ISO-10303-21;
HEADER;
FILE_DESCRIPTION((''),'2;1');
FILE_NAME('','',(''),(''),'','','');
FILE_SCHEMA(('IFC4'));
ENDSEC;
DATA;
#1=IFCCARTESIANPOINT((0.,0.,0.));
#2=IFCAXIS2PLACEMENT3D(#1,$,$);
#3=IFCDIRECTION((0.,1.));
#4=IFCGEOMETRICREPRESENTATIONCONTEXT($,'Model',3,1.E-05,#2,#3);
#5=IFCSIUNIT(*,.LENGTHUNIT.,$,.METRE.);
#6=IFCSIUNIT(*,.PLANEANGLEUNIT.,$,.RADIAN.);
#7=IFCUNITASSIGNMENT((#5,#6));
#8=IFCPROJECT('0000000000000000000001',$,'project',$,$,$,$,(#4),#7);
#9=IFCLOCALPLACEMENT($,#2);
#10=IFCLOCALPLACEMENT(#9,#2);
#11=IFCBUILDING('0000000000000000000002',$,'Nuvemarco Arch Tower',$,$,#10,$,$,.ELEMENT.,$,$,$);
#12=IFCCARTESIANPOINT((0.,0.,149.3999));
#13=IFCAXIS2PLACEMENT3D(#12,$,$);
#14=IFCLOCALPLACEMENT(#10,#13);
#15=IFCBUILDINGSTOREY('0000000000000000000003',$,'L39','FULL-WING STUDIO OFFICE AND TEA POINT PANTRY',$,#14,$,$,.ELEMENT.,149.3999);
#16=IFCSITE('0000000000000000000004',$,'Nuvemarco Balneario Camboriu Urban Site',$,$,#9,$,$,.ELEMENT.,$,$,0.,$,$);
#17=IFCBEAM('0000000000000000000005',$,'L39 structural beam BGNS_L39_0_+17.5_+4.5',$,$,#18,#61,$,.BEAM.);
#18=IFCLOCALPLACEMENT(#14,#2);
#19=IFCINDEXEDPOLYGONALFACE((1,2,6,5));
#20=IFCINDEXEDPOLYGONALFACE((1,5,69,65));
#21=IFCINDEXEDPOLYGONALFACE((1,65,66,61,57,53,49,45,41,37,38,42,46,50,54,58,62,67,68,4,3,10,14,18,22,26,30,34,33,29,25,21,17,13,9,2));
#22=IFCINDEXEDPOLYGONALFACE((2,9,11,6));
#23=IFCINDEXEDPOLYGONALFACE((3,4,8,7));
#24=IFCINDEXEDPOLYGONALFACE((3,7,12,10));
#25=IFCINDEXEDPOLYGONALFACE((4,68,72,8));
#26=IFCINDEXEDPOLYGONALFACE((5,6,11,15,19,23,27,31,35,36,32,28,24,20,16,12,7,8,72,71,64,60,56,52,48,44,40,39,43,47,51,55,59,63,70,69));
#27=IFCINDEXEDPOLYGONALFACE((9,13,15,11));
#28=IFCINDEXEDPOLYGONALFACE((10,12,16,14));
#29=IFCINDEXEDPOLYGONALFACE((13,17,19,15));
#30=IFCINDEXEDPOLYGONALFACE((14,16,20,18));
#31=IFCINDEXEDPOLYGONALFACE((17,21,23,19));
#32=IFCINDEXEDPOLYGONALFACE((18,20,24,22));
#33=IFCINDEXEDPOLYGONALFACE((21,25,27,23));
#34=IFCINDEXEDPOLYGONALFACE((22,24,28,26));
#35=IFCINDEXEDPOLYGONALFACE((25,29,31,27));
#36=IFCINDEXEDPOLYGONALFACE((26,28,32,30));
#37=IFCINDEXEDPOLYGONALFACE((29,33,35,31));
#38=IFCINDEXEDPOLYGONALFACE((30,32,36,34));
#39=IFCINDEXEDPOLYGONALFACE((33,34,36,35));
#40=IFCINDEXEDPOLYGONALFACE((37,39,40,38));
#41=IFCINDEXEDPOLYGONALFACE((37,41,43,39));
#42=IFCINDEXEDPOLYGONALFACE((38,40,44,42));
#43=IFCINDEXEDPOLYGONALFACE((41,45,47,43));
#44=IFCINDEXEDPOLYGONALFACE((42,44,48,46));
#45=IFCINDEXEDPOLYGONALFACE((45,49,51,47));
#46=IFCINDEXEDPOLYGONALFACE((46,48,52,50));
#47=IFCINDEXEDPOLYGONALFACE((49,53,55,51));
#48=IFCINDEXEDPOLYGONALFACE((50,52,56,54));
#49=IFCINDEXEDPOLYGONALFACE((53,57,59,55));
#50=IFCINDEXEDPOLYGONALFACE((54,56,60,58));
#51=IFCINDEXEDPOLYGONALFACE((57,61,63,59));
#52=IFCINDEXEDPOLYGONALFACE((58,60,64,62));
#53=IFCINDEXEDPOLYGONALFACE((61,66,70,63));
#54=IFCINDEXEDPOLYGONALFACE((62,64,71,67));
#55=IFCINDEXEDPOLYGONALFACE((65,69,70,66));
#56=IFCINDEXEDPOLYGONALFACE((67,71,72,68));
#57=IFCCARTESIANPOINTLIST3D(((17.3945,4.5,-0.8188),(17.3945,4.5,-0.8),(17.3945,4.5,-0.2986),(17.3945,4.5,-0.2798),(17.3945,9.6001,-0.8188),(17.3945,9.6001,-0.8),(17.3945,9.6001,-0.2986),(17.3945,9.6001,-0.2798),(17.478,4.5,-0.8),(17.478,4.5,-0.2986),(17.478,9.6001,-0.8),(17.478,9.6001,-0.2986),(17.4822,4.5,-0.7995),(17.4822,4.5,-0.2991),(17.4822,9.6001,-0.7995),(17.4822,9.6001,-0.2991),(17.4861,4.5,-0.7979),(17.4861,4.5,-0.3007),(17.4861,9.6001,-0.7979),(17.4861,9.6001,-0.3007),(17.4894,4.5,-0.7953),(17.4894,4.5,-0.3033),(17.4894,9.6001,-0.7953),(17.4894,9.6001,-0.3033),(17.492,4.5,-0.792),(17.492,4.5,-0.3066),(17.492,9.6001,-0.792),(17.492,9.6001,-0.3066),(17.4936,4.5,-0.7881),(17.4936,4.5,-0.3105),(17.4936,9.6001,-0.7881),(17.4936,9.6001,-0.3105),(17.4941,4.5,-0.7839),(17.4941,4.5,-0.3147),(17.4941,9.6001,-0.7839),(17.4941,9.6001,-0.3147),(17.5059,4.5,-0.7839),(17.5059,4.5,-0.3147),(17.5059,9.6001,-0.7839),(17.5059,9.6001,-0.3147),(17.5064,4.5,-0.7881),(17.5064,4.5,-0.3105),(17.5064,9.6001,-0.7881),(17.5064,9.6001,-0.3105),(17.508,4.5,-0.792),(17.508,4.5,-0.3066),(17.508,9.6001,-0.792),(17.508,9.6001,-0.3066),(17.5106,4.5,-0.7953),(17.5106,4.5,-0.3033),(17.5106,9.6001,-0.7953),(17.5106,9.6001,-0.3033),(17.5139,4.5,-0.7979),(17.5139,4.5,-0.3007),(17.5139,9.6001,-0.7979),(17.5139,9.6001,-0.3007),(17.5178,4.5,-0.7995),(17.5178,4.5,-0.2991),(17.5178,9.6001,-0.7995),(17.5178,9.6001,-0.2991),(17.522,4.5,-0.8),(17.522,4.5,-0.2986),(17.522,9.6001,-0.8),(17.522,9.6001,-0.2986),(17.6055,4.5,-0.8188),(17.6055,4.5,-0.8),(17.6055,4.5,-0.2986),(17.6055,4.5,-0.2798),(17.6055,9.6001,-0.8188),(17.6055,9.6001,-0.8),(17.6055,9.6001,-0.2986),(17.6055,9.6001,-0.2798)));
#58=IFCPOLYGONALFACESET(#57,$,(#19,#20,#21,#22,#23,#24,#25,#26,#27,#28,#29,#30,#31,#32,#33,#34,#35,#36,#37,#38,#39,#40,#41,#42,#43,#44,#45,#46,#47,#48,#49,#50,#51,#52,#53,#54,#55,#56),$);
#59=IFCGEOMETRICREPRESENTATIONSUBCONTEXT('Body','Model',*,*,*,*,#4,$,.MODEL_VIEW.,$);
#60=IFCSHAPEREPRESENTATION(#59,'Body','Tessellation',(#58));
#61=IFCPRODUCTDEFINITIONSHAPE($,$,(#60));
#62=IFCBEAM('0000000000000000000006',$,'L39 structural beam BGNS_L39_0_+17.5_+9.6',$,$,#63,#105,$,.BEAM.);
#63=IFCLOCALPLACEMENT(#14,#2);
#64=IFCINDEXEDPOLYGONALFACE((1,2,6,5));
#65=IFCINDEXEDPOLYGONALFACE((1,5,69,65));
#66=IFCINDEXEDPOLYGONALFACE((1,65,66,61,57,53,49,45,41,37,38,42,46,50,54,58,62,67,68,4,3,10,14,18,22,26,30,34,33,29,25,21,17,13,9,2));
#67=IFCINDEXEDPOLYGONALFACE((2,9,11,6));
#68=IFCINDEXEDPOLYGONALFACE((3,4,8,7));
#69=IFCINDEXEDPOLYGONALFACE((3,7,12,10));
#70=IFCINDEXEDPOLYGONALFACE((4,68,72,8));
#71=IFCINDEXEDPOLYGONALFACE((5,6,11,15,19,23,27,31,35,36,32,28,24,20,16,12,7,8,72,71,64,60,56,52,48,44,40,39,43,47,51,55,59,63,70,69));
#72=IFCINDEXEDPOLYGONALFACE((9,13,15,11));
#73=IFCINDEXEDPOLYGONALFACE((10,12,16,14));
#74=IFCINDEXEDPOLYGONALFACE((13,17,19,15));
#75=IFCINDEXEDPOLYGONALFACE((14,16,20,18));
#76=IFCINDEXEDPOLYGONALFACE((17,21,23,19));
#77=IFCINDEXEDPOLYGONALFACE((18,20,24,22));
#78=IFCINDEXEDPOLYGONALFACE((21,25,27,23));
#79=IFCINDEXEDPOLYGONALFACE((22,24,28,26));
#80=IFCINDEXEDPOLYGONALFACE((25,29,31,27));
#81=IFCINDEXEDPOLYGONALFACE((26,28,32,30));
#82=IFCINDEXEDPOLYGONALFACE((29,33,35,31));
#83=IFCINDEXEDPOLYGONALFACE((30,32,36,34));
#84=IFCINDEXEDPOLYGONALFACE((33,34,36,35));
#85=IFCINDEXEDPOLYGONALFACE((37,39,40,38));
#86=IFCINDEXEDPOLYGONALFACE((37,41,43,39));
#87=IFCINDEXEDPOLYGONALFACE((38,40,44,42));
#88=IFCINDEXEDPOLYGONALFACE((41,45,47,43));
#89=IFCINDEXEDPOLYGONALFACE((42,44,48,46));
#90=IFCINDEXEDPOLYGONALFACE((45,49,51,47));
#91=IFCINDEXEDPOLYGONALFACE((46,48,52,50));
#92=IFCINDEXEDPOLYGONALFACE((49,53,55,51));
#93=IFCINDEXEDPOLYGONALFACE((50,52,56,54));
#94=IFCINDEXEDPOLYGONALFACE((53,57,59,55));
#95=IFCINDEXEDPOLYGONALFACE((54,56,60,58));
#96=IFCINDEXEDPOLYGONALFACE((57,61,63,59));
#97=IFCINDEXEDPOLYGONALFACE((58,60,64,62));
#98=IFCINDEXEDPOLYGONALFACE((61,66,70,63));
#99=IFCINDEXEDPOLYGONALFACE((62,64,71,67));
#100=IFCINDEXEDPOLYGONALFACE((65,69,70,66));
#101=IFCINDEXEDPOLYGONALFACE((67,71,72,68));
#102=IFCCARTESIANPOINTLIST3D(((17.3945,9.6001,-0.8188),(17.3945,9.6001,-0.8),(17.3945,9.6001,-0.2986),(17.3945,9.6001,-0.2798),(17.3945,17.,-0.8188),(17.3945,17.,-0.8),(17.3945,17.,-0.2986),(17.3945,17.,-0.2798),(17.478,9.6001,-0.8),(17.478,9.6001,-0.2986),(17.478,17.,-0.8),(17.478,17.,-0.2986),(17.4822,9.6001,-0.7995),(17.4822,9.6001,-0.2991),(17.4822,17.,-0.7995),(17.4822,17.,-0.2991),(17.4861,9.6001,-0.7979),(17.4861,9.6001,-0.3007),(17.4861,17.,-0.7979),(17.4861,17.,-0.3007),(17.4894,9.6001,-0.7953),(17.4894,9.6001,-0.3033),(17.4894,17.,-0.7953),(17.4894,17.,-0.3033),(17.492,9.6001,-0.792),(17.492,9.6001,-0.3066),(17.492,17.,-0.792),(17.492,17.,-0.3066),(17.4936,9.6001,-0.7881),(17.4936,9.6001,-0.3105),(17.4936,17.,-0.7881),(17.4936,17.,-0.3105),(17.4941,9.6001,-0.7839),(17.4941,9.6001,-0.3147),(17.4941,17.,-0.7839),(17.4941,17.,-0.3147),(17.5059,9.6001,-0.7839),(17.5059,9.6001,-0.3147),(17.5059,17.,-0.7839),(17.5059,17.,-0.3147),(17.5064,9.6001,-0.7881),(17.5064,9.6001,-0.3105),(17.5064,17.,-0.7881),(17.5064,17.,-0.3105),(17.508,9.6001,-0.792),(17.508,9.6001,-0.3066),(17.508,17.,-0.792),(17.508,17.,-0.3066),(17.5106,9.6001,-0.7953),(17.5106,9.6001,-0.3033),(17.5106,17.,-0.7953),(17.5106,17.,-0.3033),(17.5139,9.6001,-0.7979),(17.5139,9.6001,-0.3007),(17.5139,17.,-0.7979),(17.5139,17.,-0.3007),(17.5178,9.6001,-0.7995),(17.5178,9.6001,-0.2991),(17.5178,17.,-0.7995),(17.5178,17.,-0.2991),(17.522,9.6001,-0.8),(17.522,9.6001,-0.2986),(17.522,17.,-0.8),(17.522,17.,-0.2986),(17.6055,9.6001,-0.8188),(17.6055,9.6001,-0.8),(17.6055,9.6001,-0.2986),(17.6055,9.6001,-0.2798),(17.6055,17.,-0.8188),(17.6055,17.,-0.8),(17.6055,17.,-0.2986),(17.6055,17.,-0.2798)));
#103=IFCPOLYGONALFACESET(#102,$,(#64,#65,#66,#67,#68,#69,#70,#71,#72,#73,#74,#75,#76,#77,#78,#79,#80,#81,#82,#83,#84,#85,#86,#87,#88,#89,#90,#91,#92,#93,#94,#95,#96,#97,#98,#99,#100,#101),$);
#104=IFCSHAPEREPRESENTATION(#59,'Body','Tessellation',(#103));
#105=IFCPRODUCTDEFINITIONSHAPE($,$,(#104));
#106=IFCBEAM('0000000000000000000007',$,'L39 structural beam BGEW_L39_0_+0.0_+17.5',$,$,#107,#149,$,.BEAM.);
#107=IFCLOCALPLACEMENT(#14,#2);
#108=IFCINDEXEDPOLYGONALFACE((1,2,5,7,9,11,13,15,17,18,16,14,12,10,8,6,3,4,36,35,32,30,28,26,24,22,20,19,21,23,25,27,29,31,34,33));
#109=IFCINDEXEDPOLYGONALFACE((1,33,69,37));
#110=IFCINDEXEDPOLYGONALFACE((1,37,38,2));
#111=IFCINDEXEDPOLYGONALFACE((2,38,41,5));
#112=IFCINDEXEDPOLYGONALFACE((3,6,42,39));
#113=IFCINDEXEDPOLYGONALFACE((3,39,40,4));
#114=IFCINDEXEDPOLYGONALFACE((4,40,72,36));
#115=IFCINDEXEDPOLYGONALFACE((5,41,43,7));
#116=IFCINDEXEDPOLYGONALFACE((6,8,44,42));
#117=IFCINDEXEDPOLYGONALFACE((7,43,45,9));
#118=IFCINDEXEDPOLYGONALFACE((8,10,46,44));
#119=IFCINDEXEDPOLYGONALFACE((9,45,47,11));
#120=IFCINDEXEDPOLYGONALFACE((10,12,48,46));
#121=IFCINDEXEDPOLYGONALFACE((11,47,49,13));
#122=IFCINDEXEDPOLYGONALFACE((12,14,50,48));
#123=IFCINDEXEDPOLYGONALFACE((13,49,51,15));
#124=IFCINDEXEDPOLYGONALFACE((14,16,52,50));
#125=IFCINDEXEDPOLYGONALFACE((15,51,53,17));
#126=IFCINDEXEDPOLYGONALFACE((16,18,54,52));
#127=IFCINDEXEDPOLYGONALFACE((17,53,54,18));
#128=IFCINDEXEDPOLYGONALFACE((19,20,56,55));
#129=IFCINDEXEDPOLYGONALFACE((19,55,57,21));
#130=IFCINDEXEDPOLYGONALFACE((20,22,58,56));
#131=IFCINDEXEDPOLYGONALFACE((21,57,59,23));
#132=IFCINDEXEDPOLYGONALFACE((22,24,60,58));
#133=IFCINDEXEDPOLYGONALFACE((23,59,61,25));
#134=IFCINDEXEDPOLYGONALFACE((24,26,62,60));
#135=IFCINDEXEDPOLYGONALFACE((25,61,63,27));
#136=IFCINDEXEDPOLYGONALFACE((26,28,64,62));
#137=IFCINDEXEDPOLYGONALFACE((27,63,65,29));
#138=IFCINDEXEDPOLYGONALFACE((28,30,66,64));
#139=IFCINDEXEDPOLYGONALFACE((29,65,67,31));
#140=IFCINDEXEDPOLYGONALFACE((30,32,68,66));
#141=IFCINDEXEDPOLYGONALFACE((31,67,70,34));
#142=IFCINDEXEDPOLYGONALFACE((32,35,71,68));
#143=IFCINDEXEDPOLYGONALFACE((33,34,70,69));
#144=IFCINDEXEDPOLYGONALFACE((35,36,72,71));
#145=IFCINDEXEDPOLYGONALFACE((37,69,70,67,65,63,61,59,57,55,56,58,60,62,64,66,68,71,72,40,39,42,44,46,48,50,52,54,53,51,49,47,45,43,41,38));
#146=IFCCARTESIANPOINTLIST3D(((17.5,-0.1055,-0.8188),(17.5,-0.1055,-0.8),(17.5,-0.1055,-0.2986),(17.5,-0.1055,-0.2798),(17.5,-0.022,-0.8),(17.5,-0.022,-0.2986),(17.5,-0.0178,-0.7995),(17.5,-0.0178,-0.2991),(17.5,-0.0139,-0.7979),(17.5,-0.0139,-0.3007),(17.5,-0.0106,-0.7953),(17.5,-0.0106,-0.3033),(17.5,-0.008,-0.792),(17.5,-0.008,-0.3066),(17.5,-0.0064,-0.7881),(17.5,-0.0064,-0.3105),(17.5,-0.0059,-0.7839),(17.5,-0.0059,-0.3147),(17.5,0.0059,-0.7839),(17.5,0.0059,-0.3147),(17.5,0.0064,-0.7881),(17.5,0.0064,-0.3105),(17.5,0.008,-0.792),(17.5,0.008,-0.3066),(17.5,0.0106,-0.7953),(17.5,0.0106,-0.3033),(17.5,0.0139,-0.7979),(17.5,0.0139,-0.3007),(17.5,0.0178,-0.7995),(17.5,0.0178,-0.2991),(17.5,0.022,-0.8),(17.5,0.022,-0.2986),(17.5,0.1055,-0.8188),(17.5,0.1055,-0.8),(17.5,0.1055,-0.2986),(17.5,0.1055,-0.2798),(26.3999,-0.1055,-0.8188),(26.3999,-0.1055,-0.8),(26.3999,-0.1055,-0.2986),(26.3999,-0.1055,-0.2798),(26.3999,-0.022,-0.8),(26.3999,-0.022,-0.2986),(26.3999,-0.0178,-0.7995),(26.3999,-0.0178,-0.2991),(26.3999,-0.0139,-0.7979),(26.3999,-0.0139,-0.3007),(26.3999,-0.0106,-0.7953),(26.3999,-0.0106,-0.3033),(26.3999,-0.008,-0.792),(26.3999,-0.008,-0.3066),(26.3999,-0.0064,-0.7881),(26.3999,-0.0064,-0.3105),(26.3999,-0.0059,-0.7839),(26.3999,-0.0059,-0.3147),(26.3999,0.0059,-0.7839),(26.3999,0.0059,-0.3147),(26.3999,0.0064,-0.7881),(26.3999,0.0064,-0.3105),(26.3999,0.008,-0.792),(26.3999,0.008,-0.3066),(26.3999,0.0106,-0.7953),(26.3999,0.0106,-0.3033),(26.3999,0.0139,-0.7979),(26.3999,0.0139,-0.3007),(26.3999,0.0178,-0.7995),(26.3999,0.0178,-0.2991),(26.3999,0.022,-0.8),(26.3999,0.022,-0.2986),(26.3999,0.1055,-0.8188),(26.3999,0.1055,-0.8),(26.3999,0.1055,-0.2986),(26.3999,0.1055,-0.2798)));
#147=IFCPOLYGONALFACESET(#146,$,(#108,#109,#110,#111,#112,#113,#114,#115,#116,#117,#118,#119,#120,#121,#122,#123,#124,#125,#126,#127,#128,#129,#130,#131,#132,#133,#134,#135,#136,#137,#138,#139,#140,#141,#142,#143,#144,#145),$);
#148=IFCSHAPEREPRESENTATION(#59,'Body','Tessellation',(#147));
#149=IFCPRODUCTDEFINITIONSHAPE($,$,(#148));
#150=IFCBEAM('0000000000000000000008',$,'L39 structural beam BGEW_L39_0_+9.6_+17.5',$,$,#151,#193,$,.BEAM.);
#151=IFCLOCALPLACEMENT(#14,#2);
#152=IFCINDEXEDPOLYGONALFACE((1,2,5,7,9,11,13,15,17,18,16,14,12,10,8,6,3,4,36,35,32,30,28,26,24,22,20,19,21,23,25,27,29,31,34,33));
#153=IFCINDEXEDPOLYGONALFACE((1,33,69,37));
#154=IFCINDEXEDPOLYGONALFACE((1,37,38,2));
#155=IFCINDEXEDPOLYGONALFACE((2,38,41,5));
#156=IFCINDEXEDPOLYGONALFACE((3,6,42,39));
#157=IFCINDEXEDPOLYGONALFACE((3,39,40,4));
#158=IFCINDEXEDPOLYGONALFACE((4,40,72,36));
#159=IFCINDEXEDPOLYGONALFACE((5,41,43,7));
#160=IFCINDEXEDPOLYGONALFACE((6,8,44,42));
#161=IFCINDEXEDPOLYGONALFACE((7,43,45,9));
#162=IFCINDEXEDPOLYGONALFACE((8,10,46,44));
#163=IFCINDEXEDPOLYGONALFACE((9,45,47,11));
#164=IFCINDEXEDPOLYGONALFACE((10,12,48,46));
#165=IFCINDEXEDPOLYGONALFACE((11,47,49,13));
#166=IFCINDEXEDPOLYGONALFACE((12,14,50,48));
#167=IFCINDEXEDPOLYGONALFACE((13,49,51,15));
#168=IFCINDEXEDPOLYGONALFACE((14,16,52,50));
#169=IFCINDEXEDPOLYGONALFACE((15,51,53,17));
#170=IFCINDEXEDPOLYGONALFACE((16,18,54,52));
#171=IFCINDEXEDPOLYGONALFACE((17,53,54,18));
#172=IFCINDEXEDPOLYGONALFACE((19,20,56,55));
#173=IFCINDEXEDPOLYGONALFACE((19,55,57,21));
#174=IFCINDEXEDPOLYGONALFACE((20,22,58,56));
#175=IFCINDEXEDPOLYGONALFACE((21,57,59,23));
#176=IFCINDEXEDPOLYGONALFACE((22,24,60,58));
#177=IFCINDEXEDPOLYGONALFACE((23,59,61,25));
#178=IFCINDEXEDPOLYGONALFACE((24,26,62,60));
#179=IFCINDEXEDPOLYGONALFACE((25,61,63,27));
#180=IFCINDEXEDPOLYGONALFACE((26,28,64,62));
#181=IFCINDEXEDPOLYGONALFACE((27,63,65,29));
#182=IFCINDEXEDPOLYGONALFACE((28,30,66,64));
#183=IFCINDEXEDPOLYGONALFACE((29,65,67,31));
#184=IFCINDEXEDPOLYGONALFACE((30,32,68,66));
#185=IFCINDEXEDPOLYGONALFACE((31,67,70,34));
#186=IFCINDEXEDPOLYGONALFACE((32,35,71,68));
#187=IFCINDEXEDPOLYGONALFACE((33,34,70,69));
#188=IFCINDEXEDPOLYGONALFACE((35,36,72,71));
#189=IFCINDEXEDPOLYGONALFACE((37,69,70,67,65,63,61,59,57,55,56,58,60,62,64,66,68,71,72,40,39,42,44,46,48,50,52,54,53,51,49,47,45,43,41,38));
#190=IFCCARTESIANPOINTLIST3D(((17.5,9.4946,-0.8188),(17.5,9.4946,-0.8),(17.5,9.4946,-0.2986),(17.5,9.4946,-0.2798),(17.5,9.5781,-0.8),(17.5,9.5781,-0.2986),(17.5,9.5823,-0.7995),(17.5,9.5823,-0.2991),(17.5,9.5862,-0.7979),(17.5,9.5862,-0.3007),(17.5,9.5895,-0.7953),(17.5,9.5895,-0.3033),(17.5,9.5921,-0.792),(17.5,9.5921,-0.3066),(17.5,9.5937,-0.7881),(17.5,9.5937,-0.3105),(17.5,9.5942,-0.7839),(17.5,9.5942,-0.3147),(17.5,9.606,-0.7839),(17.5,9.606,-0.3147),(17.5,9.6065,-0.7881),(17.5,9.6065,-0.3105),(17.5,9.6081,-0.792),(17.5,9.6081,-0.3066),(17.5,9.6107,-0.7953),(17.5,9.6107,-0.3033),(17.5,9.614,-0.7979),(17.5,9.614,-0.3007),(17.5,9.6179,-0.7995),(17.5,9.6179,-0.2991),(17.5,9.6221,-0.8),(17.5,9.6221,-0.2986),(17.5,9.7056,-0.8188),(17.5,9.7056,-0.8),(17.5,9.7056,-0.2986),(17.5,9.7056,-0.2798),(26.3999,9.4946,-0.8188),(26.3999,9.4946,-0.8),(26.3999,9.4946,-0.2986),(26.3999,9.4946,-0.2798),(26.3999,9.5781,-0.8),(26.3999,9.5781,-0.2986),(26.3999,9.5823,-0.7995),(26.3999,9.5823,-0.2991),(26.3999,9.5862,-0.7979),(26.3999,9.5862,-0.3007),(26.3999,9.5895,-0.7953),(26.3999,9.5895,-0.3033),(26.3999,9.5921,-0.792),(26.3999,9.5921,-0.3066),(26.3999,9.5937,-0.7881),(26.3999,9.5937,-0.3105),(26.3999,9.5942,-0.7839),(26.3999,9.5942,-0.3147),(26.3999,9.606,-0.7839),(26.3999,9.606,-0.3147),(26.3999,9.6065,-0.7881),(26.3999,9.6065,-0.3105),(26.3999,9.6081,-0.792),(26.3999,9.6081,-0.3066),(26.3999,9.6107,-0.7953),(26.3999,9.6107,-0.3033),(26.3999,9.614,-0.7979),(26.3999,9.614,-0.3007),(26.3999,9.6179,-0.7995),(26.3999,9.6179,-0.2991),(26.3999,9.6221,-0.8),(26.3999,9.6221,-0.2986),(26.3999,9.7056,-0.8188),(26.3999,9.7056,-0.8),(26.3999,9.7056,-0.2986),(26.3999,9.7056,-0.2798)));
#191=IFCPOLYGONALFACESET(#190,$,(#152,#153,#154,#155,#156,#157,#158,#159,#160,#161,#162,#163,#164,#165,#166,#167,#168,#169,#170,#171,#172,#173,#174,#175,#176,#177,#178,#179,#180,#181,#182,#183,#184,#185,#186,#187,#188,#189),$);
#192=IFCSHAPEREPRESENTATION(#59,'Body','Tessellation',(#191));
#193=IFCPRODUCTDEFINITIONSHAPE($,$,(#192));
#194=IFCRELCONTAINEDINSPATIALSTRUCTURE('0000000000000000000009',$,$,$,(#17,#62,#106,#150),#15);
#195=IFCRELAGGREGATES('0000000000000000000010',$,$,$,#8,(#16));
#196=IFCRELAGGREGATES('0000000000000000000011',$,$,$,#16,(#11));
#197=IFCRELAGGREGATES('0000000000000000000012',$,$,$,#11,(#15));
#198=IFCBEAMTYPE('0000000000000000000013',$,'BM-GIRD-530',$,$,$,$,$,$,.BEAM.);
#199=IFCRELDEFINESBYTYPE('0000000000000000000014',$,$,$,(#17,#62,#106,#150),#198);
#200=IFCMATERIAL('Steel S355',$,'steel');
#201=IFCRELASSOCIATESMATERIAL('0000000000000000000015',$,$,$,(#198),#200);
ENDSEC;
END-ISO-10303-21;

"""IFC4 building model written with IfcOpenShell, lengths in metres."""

from ifc_helpers import new_model, si_unit, direction, frame, origin, origin_2d, place, context, subcontext, project, spatial, i_section, extrude, material, material_profile, profile_set, type_object, element, save


model = new_model("IFC4")

# Units and contexts
model_context = context("Model", 3, precision=1e-05, world=origin(), true_north=direction((0.0, 1.0)))
body_context = subcontext(model_context, "Body", "Model", "MODEL_VIEW")
ifc_project = project(units=[si_unit("LENGTHUNIT", "METRE"), si_unit("PLANEANGLEUNIT", "RADIAN")], contexts=[model_context])

# Site, building, storey
site_placement = place(None, origin())
site = spatial("IfcSite", under=ifc_project, at=site_placement, Name="Nuvemarco Balneario Camboriu Urban Site", CompositionType="ELEMENT", RefElevation=0.0)
building_placement = place(site_placement, origin())
building = spatial("IfcBuilding", under=site, at=building_placement, Name="Nuvemarco Arch Tower", CompositionType="ELEMENT")
storey_placement = place(building_placement, frame((0.0, 0.0, 149.3999)))
storey = spatial("IfcBuildingStorey", under=building, at=storey_placement, Name="L39", Description="FULL-WING STUDIO OFFICE AND TEA POINT PANTRY", CompositionType="ELEMENT", Elevation=149.3999)

# Shared definitions
ifc_material_1 = material(Name="Steel S355", Category="steel")

# Beams
ifc_material_profile_1 = material_profile(ifc_material_1, i_section(OverallWidth=0.2109, OverallDepth=0.5391, WebThickness=0.0117, FlangeThickness=0.0188, FilletRadius=0.0161, at=origin_2d()), Name="W530x109")
ifc_profile_set_1 = profile_set([ifc_material_profile_1], Name="Steel S355")
beam_type_1 = type_object("IfcBeamType", Name="BM-GIRD-530", PredefinedType="BEAM", material=ifc_profile_set_1)
beam_1_placement = place(storey_placement, frame((17.5, 4.5, -0.5493), z_axis=(0.0, 1.0, 0.0), x_axis=(-1.0, 0.0, 0.0)))
element("IfcBeam", 1, at=beam_1_placement, inside=storey, type_object=beam_type_1, Name="L39 structural beam BGNS_L39_0_+17.5_+4.5", PredefinedType="BEAM", context=body_context, shape_type="SweptSolid", body=[
    extrude(i_section(OverallWidth=0.2109, OverallDepth=0.5391, WebThickness=0.0117, FlangeThickness=0.0188, FilletRadius=0.0161, at=origin_2d()), origin(), (0.0, 0.0, 1.0), 5.1001),
])
beam_2_placement = place(storey_placement, frame((17.5, 9.6001, -0.5493), z_axis=(0.0, 1.0, 0.0), x_axis=(-1.0, 0.0, 0.0)))
element("IfcBeam", 2, at=beam_2_placement, inside=storey, type_object=beam_type_1, Name="L39 structural beam BGNS_L39_0_+17.5_+9.6", PredefinedType="BEAM", context=body_context, shape_type="SweptSolid", body=[
    extrude(i_section(OverallWidth=0.2109, OverallDepth=0.5391, WebThickness=0.0117, FlangeThickness=0.0188, FilletRadius=0.0161, at=origin_2d()), origin(), (0.0, 0.0, 1.0), 7.3999),
])
for number, where, z_axis, x_axis, name in (
    (3, (17.5, 0.0, -0.5493), (1.0, 0.0, 0.0), (0.0, 1.0, 0.0), "L39 structural beam BGEW_L39_0_+0.0_+17.5"),
    (4, (17.5, 9.6001, -0.5493), (1.0, 0.0, 0.0), (0.0, 1.0, 0.0), "L39 structural beam BGEW_L39_0_+9.6_+17.5"),
):
    element("IfcBeam", number, at=place(storey_placement, frame(where, z_axis=z_axis, x_axis=x_axis)), inside=storey, type_object=beam_type_1, Name=name, PredefinedType="BEAM", context=body_context, shape_type="SweptSolid", body=[
        extrude(i_section(OverallWidth=0.2109, OverallDepth=0.5391, WebThickness=0.0117, FlangeThickness=0.0188, FilletRadius=0.0161, at=origin_2d()), origin(), (0.0, 0.0, 1.0), 8.8999),
    ])

save(model, "model.ifc")
